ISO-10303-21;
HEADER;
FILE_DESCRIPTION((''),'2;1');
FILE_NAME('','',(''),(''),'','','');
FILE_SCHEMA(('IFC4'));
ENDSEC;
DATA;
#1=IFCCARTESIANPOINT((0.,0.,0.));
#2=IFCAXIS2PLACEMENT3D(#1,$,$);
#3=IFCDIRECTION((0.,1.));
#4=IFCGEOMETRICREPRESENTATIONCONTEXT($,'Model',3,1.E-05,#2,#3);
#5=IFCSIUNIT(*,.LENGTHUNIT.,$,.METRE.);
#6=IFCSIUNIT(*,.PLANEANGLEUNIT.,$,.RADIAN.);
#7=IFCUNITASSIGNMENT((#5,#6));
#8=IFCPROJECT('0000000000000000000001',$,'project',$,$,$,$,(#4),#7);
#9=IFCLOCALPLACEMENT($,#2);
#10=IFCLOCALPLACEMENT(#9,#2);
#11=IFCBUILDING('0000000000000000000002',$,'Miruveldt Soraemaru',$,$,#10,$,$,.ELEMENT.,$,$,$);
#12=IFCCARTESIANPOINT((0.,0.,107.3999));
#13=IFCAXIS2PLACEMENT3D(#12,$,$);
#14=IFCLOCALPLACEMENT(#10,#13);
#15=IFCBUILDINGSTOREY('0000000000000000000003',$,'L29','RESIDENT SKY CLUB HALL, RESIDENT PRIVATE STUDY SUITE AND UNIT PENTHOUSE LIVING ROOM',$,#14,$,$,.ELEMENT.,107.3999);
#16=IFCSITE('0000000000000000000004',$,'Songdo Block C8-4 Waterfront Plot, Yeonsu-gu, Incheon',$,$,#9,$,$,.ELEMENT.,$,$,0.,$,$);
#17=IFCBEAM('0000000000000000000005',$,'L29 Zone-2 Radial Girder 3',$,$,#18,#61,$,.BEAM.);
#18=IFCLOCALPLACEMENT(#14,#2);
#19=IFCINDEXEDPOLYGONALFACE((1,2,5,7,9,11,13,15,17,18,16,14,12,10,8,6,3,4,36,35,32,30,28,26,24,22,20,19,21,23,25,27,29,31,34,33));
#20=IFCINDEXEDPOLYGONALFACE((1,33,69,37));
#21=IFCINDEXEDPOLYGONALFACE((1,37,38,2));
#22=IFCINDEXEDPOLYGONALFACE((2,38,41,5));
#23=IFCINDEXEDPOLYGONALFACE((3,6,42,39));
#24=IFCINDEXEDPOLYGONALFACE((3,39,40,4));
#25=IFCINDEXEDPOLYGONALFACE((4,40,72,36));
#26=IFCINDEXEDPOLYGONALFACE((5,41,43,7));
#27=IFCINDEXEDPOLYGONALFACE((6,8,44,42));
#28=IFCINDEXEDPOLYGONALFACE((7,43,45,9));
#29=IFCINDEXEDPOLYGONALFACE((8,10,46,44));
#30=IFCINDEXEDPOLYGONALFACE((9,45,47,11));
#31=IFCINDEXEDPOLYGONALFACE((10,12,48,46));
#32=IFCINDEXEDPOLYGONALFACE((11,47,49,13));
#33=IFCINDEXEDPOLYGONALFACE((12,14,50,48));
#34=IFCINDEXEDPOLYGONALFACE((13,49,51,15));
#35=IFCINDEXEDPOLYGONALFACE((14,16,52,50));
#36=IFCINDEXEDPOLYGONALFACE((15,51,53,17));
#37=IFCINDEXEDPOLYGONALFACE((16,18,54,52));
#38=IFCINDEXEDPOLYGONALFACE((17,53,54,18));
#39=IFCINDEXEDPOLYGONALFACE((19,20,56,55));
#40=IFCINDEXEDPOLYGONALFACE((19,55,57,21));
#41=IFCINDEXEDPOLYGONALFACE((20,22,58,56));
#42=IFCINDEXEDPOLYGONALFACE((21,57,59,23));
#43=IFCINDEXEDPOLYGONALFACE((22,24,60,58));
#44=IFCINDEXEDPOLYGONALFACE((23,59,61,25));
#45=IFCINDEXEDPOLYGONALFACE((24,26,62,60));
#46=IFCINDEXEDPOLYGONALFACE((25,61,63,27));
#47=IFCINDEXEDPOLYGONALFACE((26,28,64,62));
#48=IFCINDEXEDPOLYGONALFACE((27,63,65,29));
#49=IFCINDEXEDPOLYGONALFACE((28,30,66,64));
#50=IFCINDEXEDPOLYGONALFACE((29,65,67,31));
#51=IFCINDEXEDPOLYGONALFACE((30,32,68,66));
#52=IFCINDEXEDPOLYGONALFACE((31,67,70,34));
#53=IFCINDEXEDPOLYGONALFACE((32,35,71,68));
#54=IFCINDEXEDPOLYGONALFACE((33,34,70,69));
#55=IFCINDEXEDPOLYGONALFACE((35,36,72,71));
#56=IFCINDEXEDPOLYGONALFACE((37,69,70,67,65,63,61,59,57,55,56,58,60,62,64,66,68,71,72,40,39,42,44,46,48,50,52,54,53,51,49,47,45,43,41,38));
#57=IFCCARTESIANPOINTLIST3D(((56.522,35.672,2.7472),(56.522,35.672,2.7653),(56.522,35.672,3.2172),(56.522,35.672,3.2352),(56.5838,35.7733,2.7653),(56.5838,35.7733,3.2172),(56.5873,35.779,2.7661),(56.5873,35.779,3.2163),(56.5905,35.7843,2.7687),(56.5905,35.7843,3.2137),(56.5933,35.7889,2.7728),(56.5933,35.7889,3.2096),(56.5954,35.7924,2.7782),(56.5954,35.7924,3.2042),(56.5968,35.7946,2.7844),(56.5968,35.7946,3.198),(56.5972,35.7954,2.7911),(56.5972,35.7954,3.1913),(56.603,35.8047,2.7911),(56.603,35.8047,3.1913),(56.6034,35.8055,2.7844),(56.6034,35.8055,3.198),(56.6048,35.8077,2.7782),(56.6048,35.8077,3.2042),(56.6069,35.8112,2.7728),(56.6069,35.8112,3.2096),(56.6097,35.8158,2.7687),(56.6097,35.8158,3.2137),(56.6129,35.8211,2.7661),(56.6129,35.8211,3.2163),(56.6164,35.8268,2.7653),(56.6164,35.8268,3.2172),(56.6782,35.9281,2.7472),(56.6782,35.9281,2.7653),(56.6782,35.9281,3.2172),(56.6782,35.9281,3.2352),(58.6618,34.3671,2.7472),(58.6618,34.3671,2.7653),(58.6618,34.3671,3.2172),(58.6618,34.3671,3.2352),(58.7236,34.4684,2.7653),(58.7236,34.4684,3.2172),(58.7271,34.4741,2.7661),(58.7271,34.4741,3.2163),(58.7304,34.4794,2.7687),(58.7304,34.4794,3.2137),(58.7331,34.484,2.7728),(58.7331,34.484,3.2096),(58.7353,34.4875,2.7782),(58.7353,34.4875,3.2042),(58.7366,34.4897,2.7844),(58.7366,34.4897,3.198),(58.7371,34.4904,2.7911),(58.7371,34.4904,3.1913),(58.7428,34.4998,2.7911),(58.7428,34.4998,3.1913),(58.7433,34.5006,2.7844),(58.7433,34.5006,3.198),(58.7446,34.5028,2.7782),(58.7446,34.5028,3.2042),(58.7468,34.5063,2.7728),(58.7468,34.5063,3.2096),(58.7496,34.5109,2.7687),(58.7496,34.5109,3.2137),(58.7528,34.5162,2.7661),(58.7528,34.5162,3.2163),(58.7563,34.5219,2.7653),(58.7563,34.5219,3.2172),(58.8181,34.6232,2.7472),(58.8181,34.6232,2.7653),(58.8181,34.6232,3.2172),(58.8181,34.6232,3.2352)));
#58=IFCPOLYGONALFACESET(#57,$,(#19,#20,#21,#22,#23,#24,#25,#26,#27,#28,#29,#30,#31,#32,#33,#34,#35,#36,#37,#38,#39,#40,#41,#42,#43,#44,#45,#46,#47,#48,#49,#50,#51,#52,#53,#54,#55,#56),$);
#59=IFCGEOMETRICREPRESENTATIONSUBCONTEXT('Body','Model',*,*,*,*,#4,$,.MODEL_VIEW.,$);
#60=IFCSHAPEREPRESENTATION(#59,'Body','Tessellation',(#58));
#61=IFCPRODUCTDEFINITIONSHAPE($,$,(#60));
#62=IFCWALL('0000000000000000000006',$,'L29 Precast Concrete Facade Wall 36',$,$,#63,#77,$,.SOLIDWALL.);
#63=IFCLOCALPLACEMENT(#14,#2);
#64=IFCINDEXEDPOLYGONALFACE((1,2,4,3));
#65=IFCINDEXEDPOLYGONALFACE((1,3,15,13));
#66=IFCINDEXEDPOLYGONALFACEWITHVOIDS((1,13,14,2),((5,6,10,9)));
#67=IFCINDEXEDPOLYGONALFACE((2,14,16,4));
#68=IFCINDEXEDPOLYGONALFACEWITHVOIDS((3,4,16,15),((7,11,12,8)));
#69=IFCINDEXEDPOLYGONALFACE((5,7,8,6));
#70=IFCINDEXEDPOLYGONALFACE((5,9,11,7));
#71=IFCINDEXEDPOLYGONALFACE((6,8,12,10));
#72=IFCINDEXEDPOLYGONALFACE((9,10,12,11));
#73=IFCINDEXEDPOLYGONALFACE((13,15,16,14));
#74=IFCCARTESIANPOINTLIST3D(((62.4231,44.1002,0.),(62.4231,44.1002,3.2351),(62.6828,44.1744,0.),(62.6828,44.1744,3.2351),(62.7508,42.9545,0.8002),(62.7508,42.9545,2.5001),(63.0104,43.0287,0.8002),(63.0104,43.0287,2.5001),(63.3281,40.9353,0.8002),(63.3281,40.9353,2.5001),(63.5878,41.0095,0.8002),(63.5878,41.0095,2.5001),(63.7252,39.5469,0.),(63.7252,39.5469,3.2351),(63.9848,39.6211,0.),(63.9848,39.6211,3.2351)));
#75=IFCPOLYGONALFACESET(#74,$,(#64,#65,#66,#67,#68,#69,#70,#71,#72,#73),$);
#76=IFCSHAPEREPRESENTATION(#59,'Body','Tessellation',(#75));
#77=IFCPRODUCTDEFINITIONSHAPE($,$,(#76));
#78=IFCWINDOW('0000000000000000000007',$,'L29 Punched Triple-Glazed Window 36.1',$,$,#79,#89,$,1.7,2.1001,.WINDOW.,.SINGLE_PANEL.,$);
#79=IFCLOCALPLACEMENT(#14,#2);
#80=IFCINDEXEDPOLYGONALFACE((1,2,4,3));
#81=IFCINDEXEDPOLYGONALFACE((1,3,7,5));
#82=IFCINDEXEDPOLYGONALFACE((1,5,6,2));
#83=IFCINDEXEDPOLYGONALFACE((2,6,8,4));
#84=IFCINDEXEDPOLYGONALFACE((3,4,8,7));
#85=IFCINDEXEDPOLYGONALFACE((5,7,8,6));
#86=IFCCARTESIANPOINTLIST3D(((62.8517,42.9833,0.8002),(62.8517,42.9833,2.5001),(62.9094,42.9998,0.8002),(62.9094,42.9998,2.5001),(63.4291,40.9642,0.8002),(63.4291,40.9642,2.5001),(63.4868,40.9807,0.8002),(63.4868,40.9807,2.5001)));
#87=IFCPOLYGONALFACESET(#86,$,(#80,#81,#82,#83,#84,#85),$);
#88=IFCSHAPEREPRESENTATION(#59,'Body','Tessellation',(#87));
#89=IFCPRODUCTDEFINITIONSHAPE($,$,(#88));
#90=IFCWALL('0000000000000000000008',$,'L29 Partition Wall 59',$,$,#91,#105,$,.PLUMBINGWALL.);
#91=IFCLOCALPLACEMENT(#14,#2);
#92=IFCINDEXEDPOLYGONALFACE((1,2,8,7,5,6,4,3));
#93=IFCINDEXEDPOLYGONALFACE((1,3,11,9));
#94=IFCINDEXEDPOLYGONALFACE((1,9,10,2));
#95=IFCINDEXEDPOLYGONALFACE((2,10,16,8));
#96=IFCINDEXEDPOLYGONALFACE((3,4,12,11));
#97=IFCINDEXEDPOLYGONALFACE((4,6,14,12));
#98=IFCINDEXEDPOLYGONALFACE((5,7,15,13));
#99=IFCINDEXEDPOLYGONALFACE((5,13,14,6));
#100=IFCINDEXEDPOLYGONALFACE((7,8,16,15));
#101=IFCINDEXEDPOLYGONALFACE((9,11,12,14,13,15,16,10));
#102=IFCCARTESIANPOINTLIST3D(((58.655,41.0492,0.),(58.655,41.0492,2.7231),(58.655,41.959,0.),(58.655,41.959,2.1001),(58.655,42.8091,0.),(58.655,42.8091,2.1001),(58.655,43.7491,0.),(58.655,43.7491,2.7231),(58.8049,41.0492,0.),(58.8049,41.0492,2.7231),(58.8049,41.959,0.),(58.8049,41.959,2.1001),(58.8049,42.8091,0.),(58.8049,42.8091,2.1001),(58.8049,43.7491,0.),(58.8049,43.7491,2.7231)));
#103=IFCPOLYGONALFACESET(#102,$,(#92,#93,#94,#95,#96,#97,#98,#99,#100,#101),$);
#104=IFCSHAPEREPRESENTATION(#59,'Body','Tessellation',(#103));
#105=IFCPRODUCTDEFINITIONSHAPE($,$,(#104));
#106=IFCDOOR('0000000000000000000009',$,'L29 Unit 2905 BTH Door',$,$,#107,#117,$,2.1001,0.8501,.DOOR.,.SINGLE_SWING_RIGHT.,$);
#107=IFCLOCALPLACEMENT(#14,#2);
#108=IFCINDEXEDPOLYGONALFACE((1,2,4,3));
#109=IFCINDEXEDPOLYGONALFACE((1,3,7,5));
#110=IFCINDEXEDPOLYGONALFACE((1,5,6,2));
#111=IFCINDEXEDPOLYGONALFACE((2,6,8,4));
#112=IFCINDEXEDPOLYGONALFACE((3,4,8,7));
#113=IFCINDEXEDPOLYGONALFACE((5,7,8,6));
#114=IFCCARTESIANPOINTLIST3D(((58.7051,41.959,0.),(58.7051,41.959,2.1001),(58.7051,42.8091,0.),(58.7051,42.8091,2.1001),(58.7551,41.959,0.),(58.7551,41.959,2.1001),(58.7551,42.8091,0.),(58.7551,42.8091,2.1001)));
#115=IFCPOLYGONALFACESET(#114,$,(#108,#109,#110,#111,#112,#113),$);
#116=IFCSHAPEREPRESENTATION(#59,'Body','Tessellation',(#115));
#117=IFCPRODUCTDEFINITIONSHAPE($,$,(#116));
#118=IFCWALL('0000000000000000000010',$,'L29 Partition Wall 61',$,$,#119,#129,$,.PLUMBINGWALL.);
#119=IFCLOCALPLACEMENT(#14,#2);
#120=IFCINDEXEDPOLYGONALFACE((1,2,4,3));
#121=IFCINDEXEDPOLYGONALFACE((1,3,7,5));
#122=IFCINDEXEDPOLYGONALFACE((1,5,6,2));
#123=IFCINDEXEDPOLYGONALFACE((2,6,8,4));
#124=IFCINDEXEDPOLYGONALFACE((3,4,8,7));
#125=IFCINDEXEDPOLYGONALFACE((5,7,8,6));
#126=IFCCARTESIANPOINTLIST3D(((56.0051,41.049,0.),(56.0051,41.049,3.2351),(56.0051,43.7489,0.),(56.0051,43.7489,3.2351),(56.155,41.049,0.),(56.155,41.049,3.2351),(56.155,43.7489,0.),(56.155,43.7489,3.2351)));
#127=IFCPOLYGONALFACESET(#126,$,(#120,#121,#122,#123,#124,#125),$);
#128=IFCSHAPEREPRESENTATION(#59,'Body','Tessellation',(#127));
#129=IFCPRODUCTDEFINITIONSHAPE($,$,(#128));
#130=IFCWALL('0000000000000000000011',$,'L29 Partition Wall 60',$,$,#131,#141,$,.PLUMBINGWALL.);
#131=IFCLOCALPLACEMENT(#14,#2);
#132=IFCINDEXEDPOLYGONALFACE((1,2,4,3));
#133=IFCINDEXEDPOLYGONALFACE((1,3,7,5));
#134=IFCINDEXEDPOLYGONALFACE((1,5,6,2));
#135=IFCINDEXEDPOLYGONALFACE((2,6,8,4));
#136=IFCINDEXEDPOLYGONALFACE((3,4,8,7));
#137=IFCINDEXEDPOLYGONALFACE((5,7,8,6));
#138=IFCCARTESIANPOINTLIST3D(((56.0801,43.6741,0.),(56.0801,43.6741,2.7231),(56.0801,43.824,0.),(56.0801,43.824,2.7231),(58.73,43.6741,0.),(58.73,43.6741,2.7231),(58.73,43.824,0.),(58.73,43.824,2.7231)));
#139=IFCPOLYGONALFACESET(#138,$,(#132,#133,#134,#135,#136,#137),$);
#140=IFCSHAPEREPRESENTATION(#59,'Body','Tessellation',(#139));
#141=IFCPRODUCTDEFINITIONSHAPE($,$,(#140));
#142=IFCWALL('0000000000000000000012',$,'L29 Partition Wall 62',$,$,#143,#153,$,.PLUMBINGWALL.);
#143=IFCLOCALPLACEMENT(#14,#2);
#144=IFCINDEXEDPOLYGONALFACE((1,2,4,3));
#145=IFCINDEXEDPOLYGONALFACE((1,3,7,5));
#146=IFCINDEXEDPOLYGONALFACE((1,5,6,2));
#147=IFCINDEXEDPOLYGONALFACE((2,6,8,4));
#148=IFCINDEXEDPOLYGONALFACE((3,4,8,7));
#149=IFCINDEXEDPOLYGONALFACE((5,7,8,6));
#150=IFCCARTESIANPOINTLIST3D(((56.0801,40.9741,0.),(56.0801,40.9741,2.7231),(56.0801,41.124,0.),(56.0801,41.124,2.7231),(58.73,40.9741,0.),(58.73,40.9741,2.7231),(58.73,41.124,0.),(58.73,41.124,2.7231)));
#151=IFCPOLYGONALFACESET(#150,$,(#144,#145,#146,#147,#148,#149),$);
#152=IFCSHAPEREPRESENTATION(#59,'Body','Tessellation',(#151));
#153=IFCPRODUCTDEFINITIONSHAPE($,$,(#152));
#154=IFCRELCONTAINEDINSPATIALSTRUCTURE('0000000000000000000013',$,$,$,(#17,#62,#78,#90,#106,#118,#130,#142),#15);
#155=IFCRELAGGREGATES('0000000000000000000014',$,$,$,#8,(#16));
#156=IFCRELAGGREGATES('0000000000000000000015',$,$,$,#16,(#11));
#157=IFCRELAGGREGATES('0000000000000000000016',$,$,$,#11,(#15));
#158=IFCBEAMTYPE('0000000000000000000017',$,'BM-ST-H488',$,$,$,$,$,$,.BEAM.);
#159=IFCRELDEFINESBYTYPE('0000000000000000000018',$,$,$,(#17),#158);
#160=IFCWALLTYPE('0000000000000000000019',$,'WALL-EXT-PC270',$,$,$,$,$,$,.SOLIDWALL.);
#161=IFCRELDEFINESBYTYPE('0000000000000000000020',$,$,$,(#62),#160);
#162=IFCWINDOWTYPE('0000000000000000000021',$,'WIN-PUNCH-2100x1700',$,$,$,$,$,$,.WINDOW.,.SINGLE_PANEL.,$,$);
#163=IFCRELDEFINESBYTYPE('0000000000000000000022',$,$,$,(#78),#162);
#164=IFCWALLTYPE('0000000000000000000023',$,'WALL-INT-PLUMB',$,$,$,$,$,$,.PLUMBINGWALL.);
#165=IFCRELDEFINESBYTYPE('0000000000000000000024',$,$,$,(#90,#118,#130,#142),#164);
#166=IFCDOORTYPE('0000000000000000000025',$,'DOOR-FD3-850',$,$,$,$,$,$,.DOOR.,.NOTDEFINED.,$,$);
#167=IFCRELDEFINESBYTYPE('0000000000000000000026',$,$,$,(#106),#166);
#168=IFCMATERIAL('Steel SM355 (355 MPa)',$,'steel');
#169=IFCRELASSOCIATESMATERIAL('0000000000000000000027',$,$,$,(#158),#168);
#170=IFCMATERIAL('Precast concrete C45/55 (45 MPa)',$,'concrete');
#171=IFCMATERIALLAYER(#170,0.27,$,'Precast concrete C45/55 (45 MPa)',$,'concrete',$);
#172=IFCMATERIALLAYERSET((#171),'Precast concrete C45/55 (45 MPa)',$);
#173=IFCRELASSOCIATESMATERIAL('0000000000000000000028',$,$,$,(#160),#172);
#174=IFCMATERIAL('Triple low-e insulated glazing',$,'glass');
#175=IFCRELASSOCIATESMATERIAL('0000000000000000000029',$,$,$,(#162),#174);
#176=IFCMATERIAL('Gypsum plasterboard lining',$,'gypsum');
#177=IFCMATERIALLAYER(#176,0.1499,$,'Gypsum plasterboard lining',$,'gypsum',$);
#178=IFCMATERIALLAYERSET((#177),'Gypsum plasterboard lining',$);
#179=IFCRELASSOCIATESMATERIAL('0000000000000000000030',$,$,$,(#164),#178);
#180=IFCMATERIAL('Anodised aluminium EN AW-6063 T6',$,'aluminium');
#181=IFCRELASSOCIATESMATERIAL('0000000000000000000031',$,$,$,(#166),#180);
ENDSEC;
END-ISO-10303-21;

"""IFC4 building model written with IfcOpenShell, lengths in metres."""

from ifc_helpers import new_model, si_unit, direction, frame, frame_2d, origin, origin_2d, place, context, subcontext, project, spatial, rectangle, i_section, extrude, material, layer, layer_set, material_profile, profile_set, type_object, element, fill, save


model = new_model("IFC4")

# Units and contexts
model_context = context("Model", 3, precision=1e-05, world=origin(), true_north=direction((0.0, 1.0)))
body_context = subcontext(model_context, "Body", "Model", "MODEL_VIEW")
ifc_project = project(units=[si_unit("LENGTHUNIT", "METRE"), si_unit("PLANEANGLEUNIT", "RADIAN")], contexts=[model_context])

# Site, building, storey
site_placement = place(None, origin())
site = spatial("IfcSite", under=ifc_project, at=site_placement, Name="Songdo Block C8-4 Waterfront Plot, Yeonsu-gu, Incheon", CompositionType="ELEMENT", RefElevation=0.0)
building_placement = place(site_placement, origin())
building = spatial("IfcBuilding", under=site, at=building_placement, Name="Miruveldt Soraemaru", CompositionType="ELEMENT")
storey_placement = place(building_placement, frame((0.0, 0.0, 107.3999)))
storey = spatial("IfcBuildingStorey", under=building, at=storey_placement, Name="L29", Description="RESIDENT SKY CLUB HALL, RESIDENT PRIVATE STUDY SUITE AND UNIT PENTHOUSE LIVING ROOM", CompositionType="ELEMENT", Elevation=107.3999)

# Beam
ifc_material_1 = material(Name="Steel SM355 (355 MPa)", Category="steel")
ifc_material_profile_1 = material_profile(ifc_material_1, i_section(OverallWidth=0.3, OverallDepth=0.488, WebThickness=0.011, FlangeThickness=0.0181, FilletRadius=0.0259, at=origin_2d()), Name="Steel SM355 (355 MPa)", Category="steel")
ifc_profile_set_1 = profile_set([ifc_material_profile_1], Name="Steel SM355 (355 MPa)")
beam_type_1 = type_object("IfcBeamType", Name="BM-ST-H488", PredefinedType="BEAM", material=ifc_profile_set_1)
beam_1_placement = place(storey_placement, frame((56.6001, 35.8, 2.9912), z_axis=(0.853775, -0.520642, 0.0), x_axis=(0.520642, 0.853775, 0.0)))
element("IfcBeam", 1, at=beam_1_placement, inside=storey, type_object=beam_type_1, Name="L29 Zone-2 Radial Girder 3", PredefinedType="BEAM", context=body_context, shape_type="SweptSolid", body=[
    extrude(i_section(OverallWidth=0.3, OverallDepth=0.488, WebThickness=0.011, FlangeThickness=0.0181, FilletRadius=0.0259, at=origin_2d()), origin(), (0.0, 0.0, 1.0), 2.5063),
])

# Wall, opening, window
ifc_material_2 = material(Name="Precast concrete C45/55 (45 MPa)", Category="concrete")
ifc_layer_1 = layer(ifc_material_2, 0.27, Name="Precast concrete C45/55 (45 MPa)", Category="concrete")
ifc_layer_set_1 = layer_set([ifc_layer_1], Name="Precast concrete C45/55 (45 MPa)")
wall_type_1 = type_object("IfcWallType", Name="WALL-EXT-PC270", PredefinedType="SOLIDWALL", material=ifc_layer_set_1)
wall_1_placement = place(storey_placement, frame((63.855, 39.584, 0.0), z_axis=(0.0, 0.0, 1.0), x_axis=(-0.274932, 0.961464, 0.0)))
wall_1 = element("IfcWall", 2, at=wall_1_placement, inside=storey, type_object=wall_type_1, Name="L29 Precast Concrete Facade Wall 36", PredefinedType="SOLIDWALL", context=body_context, shape_type="SweptSolid", body=[
    extrude(rectangle(XDim=4.7358, YDim=0.27, at=frame_2d((2.3679, 0.0))), origin(), (0.0, 0.0, 1.0), 3.2351),
])
opening_1_placement = place(wall_1_placement, frame((1.4441, 0.0, 0.8)))
opening_1 = element("IfcOpeningElement", 3, at=opening_1_placement, cuts=wall_1, PredefinedType="OPENING", context=body_context, shape_type="SweptSolid", body=[
    extrude(rectangle(XDim=2.1001, YDim=1.7, at=frame_2d((1.05, 0.8501))), frame((0.0, 0.145, 0.0), z_axis=(0.0, -1.0, 0.0), x_axis=(1.0, 0.0, 0.0)), (0.0, 0.0, 1.0), 0.29),
])
ifc_material_3 = material(Name="Triple low-e insulated glazing", Category="glass")
window_type = type_object("IfcWindowType", Name="WIN-PUNCH-2100x1700", PartitioningType="SINGLE_PANEL", PredefinedType="WINDOW", material=ifc_material_3)
window_placement = place(opening_1_placement, origin())
window = element("IfcWindow", 4, at=window_placement, inside=storey, type_object=window_type, Name="L29 Punched Triple-Glazed Window 36.1", OverallHeight=1.7, OverallWidth=2.1001, PartitioningType="SINGLE_PANEL", PredefinedType="WINDOW", context=body_context, shape_type="SweptSolid", body=[
    extrude(rectangle(XDim=2.1001, YDim=1.7, at=frame_2d((1.05, 0.8501))), frame((0.0, 0.03, 0.0), z_axis=(0.0, -1.0, 0.0), x_axis=(1.0, 0.0, 0.0)), (0.0, 0.0, 1.0), 0.0601),
])
fill(opening_1, window)

# Wall, opening, door
ifc_material_4 = material(Name="Gypsum plasterboard lining", Category="gypsum")
ifc_layer_2 = layer(ifc_material_4, 0.1499, Name="Gypsum plasterboard lining", Category="gypsum")
ifc_layer_set_2 = layer_set([ifc_layer_2], Name="Gypsum plasterboard lining")
wall_type_2 = type_object("IfcWallType", Name="WALL-INT-PLUMB", PredefinedType="PLUMBINGWALL", material=ifc_layer_set_2)
wall_2_placement = place(storey_placement, frame((58.73, 41.0491, 0.0), z_axis=(0.0, 0.0, 1.0), x_axis=(0.0, 1.0, 0.0)))
wall_2 = element("IfcWall", 5, at=wall_2_placement, inside=storey, type_object=wall_type_2, Name="L29 Partition Wall 59", PredefinedType="PLUMBINGWALL", context=body_context, shape_type="SweptSolid", body=[
    extrude(rectangle(XDim=2.7, YDim=0.1499, at=frame_2d((1.3501, 0.0))), origin(), (0.0, 0.0, 1.0), 2.7231),
])
opening_2_placement = place(wall_2_placement, frame((0.9099, 0.0, 0.0)))
opening_2 = element("IfcOpeningElement", 6, at=opening_2_placement, cuts=wall_2, PredefinedType="OPENING", context=body_context, shape_type="SweptSolid", body=[
    extrude(rectangle(XDim=0.8501, YDim=2.1001, at=frame_2d((0.425, 1.05))), frame((0.0, 0.085, 0.0), z_axis=(0.0, -1.0, 0.0), x_axis=(1.0, 0.0, 0.0)), (0.0, 0.0, 1.0), 0.1699),
])
ifc_material_5 = material(Name="Anodised aluminium EN AW-6063 T6", Category="aluminium")
door_type_1 = type_object("IfcDoorType", Name="DOOR-FD3-850", OperationType="NOTDEFINED", PredefinedType="DOOR", material=ifc_material_5)
door_1_placement = place(opening_2_placement, origin())
door_1 = element("IfcDoor", 7, at=door_1_placement, inside=storey, type_object=door_type_1, Name="L29 Unit 2905 BTH Door", OperationType="SINGLE_SWING_RIGHT", OverallHeight=2.1001, OverallWidth=0.8501, PredefinedType="DOOR", context=body_context, shape_type="SweptSolid", body=[
    extrude(rectangle(XDim=0.8501, YDim=2.1001, at=frame_2d((0.425, 1.05))), frame((0.0, 0.0249, 0.0), z_axis=(0.0, -1.0, 0.0), x_axis=(1.0, 0.0, 0.0)), (0.0, 0.0, 1.0), 0.05),
])
fill(opening_2, door_1)

# Walls
wall_3_placement = place(storey_placement, frame((56.0801, 43.749, 0.0), z_axis=(0.0, 0.0, 1.0), x_axis=(0.0, -1.0, 0.0)))
element("IfcWall", 8, at=wall_3_placement, inside=storey, type_object=wall_type_2, Name="L29 Partition Wall 61", PredefinedType="PLUMBINGWALL", context=body_context, shape_type="SweptSolid", body=[
    extrude(rectangle(XDim=2.7, YDim=0.1499, at=frame_2d((1.3501, 0.0))), origin(), (0.0, 0.0, 1.0), 3.2351),
])
for number, where, z_axis, x_axis, name in (
    (9, (58.73, 43.749, 0.0), (0.0, 0.0, 1.0), (-1.0, 0.0, 0.0), "L29 Partition Wall 60"),
    (10, (56.0801, 41.0491, 0.0), (0.0, 0.0, 1.0), (1.0, 0.0, 0.0), "L29 Partition Wall 62"),
):
    element("IfcWall", number, at=place(storey_placement, frame(where, z_axis=z_axis, x_axis=x_axis)), inside=storey, type_object=wall_type_2, Name=name, PredefinedType="PLUMBINGWALL", context=body_context, shape_type="SweptSolid", body=[
        extrude(rectangle(XDim=2.6499, YDim=0.1499, at=frame_2d((1.325, 0.0))), origin(), (0.0, 0.0, 1.0), 2.7231),
    ])

save(model, "model.ifc")
